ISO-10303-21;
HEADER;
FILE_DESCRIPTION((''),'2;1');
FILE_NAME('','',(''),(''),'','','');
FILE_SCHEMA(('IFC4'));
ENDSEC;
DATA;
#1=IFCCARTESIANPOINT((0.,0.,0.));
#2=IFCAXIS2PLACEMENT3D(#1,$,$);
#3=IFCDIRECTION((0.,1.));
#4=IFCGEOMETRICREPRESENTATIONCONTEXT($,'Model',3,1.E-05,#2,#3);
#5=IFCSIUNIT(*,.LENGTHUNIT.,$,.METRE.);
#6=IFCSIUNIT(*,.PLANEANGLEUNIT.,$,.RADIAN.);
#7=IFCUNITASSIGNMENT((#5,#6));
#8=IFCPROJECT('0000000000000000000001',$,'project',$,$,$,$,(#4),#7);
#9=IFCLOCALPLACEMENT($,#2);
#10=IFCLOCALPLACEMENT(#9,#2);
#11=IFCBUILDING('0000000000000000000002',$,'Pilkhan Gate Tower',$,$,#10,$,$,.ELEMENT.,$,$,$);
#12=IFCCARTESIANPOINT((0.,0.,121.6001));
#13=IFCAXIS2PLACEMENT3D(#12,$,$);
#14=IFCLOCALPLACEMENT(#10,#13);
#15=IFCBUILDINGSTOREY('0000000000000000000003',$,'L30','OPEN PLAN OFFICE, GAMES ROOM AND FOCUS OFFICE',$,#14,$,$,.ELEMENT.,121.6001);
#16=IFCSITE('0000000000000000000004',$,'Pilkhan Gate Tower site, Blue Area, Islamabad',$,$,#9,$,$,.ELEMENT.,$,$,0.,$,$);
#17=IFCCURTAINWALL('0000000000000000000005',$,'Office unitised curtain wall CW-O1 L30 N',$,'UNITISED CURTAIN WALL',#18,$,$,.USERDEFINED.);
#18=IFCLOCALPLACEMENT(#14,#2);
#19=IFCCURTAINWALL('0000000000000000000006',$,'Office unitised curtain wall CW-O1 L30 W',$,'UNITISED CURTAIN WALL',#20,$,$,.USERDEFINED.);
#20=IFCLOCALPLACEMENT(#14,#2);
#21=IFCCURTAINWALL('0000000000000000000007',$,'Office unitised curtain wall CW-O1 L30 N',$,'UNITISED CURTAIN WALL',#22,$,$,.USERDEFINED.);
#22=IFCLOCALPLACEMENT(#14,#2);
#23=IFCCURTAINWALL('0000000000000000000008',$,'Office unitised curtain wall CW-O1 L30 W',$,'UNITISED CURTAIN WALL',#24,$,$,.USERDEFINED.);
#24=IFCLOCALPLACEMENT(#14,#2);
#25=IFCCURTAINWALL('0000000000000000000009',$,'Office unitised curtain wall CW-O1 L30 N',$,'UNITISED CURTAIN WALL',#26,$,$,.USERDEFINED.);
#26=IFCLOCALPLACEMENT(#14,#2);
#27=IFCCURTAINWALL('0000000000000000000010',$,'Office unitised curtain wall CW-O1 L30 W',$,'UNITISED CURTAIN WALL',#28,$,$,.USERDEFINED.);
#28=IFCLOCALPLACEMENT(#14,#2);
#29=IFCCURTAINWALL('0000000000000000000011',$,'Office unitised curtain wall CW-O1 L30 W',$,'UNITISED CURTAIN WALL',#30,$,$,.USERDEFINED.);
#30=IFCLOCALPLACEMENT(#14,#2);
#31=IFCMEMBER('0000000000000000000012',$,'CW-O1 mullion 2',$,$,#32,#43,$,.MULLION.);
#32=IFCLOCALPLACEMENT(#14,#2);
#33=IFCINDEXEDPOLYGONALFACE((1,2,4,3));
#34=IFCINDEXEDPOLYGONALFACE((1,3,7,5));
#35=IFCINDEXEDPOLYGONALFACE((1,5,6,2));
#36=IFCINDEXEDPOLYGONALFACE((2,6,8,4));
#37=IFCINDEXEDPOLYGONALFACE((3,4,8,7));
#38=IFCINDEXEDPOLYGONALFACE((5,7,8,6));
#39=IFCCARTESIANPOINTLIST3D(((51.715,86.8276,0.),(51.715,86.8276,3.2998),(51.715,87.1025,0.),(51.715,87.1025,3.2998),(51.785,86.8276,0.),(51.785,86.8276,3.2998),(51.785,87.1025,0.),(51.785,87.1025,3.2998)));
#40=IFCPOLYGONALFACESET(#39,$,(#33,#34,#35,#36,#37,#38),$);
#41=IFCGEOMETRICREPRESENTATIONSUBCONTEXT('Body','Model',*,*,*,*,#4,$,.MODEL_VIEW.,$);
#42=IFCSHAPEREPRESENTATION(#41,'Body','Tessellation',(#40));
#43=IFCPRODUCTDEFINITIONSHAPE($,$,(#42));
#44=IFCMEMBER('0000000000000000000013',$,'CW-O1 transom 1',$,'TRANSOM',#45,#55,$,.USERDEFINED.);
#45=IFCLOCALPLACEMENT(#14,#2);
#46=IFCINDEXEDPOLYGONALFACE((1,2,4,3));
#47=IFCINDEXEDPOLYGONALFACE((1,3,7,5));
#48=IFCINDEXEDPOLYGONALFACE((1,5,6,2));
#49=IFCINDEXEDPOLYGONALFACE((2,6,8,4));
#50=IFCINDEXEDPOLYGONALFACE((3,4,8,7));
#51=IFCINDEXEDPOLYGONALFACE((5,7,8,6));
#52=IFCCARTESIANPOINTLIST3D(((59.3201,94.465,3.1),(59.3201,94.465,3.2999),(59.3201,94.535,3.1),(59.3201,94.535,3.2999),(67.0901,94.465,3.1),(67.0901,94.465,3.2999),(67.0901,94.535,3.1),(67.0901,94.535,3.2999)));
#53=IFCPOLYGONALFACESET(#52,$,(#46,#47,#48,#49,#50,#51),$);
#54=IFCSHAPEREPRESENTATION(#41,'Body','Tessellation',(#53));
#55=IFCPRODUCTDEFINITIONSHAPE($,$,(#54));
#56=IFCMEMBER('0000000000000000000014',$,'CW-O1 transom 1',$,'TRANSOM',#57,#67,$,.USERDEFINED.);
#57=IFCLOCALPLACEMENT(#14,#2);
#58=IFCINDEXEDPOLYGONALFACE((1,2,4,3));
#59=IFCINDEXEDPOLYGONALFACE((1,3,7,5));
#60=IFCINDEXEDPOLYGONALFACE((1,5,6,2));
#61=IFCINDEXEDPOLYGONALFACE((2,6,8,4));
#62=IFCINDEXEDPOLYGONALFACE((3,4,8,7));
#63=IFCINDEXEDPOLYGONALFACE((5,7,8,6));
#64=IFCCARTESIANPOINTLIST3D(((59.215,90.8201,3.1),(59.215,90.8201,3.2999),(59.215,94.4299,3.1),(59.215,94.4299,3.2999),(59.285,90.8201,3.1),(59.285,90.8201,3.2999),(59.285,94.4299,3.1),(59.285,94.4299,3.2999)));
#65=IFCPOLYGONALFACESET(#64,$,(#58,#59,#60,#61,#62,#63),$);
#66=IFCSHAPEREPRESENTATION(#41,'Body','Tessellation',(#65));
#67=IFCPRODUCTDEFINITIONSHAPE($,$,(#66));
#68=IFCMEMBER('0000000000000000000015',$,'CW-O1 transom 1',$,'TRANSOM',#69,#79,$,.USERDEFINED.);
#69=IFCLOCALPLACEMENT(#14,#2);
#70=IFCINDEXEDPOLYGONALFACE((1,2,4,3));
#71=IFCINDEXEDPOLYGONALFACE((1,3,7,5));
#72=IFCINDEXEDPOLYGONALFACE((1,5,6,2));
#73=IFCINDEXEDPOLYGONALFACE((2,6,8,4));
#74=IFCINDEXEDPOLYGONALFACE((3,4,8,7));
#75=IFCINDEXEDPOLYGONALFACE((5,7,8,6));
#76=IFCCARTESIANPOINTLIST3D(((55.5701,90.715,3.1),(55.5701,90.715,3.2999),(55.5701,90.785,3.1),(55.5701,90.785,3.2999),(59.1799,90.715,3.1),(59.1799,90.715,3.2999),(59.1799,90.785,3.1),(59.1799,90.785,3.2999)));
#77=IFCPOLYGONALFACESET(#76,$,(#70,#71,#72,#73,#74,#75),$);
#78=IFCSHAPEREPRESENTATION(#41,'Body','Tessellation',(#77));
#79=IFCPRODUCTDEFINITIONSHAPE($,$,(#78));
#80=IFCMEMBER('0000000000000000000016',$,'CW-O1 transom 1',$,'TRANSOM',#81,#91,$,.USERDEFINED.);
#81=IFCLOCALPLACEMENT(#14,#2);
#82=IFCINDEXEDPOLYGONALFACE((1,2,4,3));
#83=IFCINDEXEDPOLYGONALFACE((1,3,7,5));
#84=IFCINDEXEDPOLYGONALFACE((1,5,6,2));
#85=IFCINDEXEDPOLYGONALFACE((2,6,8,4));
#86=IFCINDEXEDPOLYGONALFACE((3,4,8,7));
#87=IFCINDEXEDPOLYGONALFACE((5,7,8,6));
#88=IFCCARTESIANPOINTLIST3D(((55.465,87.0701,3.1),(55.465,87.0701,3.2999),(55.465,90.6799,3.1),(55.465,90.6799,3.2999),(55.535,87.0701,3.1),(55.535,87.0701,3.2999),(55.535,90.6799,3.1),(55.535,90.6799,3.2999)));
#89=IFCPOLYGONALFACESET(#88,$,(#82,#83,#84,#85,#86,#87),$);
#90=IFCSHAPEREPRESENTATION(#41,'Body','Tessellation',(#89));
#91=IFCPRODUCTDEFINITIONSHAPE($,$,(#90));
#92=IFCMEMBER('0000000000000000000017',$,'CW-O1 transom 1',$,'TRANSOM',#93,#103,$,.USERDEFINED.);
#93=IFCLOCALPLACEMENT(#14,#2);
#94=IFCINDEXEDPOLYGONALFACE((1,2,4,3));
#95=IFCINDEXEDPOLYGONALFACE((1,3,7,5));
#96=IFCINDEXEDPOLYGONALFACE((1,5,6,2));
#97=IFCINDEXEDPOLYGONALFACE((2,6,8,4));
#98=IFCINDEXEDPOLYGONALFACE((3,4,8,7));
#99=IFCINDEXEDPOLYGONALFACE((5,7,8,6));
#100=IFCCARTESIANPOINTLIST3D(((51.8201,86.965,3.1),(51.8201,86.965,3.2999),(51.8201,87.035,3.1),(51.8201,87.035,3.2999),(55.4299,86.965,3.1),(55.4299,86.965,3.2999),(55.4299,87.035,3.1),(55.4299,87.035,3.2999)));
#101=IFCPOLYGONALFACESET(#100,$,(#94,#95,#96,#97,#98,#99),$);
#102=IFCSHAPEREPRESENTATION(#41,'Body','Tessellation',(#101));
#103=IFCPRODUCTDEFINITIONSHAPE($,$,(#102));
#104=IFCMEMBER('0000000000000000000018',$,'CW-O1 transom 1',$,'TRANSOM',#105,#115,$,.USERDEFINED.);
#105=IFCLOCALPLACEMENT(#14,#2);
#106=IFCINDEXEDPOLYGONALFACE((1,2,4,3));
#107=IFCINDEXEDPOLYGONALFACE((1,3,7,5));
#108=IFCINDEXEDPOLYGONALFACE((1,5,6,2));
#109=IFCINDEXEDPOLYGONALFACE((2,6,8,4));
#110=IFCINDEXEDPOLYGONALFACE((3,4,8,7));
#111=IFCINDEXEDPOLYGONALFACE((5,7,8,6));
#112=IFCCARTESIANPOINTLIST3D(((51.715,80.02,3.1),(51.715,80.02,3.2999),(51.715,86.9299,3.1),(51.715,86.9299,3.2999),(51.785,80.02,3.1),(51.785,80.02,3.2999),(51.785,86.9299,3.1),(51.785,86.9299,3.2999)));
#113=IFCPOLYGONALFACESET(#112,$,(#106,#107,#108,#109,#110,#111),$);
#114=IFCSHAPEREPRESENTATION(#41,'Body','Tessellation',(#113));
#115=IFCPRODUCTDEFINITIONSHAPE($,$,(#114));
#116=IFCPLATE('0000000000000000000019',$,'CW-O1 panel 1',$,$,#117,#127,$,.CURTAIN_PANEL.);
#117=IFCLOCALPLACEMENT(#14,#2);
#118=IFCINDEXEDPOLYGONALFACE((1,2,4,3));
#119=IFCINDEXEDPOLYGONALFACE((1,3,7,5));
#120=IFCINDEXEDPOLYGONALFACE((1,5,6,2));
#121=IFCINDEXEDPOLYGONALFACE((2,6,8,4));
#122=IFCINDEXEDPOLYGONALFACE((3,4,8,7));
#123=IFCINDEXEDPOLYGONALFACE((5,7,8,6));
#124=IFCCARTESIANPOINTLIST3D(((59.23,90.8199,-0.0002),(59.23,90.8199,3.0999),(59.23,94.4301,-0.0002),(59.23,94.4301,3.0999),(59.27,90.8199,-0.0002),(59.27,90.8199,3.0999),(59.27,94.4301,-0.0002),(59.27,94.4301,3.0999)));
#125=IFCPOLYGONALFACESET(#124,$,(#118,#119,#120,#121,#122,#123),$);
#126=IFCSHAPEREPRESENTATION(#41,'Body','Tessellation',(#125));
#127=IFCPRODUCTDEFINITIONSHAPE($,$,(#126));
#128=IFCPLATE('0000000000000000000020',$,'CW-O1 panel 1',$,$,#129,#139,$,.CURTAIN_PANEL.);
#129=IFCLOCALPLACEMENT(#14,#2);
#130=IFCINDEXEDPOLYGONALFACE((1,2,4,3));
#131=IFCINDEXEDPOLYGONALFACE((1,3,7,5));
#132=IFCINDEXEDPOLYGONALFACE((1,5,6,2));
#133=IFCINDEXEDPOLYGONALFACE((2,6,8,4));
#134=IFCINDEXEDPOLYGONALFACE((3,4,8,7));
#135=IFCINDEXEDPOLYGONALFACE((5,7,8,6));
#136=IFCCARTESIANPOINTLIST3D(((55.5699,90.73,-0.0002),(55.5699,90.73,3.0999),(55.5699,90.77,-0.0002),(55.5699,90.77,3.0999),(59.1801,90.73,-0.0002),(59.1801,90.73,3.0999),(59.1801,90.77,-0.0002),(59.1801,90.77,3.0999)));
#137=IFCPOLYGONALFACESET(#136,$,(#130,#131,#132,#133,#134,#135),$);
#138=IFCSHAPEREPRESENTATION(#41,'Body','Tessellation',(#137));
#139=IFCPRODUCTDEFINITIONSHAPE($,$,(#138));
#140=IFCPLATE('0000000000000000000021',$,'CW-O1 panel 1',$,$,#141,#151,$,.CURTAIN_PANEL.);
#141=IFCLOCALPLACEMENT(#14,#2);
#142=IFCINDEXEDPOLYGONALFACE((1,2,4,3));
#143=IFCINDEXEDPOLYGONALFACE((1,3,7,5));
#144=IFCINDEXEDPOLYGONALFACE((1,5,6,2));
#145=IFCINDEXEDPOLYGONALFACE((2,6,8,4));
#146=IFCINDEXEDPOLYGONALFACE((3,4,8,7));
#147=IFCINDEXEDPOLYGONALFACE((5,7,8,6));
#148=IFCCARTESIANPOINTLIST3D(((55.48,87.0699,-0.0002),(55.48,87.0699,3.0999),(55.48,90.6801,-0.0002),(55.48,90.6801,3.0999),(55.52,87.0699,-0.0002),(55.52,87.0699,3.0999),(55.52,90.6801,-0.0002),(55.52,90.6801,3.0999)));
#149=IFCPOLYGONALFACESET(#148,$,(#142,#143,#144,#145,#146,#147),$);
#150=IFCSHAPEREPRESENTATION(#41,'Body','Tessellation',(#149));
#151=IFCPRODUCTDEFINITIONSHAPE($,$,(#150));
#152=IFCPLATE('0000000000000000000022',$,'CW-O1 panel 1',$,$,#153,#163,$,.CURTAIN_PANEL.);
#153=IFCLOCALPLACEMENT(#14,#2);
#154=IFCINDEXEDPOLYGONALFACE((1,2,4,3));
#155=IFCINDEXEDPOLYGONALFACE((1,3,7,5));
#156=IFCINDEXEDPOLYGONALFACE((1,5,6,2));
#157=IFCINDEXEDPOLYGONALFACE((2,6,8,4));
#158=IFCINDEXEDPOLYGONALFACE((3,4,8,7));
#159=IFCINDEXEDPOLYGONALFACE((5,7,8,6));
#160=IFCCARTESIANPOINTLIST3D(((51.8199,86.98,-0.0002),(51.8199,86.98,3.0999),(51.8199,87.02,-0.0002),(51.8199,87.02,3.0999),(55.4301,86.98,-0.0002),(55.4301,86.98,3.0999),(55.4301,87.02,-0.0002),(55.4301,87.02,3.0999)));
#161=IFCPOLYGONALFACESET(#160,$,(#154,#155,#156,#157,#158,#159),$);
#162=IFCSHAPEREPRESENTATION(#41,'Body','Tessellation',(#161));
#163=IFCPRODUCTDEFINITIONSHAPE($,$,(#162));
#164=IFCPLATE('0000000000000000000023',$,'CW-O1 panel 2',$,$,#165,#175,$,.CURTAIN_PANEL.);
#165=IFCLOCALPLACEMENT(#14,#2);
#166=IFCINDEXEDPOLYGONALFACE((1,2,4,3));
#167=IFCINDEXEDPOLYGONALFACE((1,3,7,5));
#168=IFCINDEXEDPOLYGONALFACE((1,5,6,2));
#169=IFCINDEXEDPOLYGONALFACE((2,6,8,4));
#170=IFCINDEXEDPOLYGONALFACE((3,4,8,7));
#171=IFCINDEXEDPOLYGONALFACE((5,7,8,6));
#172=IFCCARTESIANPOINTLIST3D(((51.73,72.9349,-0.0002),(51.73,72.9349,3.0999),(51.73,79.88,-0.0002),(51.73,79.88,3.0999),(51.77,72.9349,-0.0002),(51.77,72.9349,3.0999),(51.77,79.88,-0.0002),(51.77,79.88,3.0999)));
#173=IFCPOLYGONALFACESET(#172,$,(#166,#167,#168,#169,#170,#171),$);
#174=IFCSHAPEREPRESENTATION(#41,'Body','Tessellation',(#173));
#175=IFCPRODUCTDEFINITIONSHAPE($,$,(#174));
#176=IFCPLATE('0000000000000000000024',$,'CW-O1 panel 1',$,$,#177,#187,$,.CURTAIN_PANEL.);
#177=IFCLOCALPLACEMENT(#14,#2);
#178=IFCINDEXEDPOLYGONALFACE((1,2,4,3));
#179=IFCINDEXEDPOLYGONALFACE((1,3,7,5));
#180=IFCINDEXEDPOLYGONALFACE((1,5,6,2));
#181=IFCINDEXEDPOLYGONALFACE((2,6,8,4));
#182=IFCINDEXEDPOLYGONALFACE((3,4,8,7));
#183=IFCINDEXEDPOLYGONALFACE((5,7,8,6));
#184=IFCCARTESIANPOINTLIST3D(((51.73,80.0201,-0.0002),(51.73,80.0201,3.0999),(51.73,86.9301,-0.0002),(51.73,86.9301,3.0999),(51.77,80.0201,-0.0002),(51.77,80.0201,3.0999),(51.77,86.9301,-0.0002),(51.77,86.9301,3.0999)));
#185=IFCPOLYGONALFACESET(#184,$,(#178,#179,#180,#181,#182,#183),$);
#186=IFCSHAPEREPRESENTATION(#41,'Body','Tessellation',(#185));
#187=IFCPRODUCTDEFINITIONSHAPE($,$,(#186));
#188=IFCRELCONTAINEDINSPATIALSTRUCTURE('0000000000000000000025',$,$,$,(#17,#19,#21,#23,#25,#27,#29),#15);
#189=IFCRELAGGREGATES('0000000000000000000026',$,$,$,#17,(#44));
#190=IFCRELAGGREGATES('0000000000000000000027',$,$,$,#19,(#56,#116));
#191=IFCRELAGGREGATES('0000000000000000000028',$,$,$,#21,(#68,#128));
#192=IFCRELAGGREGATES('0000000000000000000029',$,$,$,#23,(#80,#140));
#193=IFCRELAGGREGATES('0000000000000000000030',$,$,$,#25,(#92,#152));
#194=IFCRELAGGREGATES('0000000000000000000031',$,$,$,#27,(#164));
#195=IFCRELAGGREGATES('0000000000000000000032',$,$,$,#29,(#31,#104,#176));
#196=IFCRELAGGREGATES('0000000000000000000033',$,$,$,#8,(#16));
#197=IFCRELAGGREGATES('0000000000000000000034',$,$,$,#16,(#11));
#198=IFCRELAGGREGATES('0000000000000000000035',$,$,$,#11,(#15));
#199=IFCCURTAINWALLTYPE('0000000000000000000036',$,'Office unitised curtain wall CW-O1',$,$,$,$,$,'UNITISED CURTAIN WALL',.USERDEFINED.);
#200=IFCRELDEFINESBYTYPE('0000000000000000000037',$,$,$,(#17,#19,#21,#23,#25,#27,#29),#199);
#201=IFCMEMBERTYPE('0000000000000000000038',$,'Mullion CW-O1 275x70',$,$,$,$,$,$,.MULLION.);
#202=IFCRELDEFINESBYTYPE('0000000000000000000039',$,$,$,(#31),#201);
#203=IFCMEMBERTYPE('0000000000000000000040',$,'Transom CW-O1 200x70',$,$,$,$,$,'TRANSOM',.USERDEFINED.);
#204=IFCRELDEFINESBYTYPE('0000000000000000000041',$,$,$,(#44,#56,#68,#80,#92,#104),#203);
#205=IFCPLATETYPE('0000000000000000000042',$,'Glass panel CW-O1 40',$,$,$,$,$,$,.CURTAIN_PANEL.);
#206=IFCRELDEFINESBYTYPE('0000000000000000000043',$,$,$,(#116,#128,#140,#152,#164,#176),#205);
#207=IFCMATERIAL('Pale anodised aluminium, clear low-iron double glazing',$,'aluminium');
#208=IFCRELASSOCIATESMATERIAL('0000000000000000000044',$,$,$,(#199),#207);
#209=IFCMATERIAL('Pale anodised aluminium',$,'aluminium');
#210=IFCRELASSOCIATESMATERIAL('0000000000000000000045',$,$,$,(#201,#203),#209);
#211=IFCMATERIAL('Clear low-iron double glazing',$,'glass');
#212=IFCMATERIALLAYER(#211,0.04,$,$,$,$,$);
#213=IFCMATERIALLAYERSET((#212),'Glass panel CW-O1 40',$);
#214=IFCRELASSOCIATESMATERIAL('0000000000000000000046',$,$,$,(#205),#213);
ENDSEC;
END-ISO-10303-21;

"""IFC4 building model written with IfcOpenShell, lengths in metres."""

from ifc_helpers import new_model, si_unit, direction, frame, origin, origin_2d, place, context, subcontext, project, spatial, rectangle, extrude, material, layer, layer_set, material_profile, profile_set, type_object, element, aggregate, save


model = new_model("IFC4")

# Units and contexts
model_context = context("Model", 3, precision=1e-05, world=origin(), true_north=direction((0.0, 1.0)))
body_context = subcontext(model_context, "Body", "Model", "MODEL_VIEW")
ifc_project = project(units=[si_unit("LENGTHUNIT", "METRE"), si_unit("PLANEANGLEUNIT", "RADIAN")], contexts=[model_context])

# Site, building, storey
site_placement = place(None, origin())
site = spatial("IfcSite", under=ifc_project, at=site_placement, Name="Pilkhan Gate Tower site, Blue Area, Islamabad", CompositionType="ELEMENT", RefElevation=0.0)
building_placement = place(site_placement, origin())
building = spatial("IfcBuilding", under=site, at=building_placement, Name="Pilkhan Gate Tower", CompositionType="ELEMENT")
storey_placement = place(building_placement, frame((0.0, 0.0, 121.6001)))
storey = spatial("IfcBuildingStorey", under=building, at=storey_placement, Name="L30", Description="OPEN PLAN OFFICE, GAMES ROOM AND FOCUS OFFICE", CompositionType="ELEMENT", Elevation=121.6001)

# Curtain wall
ifc_material_1 = material(Name="Pale anodised aluminium, clear low-iron double glazing", Category="aluminium")
curtain_wall_type = type_object("IfcCurtainWallType", Name="Office unitised curtain wall CW-O1", ElementType="UNITISED CURTAIN WALL", PredefinedType="USERDEFINED", material=ifc_material_1)
curtain_wall_1_placement = place(storey_placement, origin())
curtain_wall_1 = element("IfcCurtainWall", 1, at=curtain_wall_1_placement, inside=storey, type_object=curtain_wall_type, Name="Office unitised curtain wall CW-O1 L30 N", ObjectType="UNITISED CURTAIN WALL", PredefinedType="USERDEFINED")
ifc_material_2 = material(Name="Pale anodised aluminium", Category="aluminium")
ifc_material_profile_1 = material_profile(ifc_material_2, rectangle(XDim=0.0701, YDim=0.2749, at=origin_2d()), Name="Mullion 275x70")
ifc_profile_set_1 = profile_set([ifc_material_profile_1], Name="Pale anodised aluminium")
member_type_1 = type_object("IfcMemberType", Name="Mullion CW-O1 275x70", PredefinedType="MULLION", material=ifc_profile_set_1)

# Curtain walls
curtain_wall_2_placement = place(storey_placement, origin())
curtain_wall_2 = element("IfcCurtainWall", 2, at=curtain_wall_2_placement, inside=storey, type_object=curtain_wall_type, Name="Office unitised curtain wall CW-O1 L30 W", ObjectType="UNITISED CURTAIN WALL", PredefinedType="USERDEFINED")
curtain_wall_3_placement = place(storey_placement, origin())
curtain_wall_3 = element("IfcCurtainWall", 3, at=curtain_wall_3_placement, inside=storey, type_object=curtain_wall_type, Name="Office unitised curtain wall CW-O1 L30 N", ObjectType="UNITISED CURTAIN WALL", PredefinedType="USERDEFINED")
curtain_wall_4_placement = place(storey_placement, origin())
curtain_wall_4 = element("IfcCurtainWall", 4, at=curtain_wall_4_placement, inside=storey, type_object=curtain_wall_type, Name="Office unitised curtain wall CW-O1 L30 W", ObjectType="UNITISED CURTAIN WALL", PredefinedType="USERDEFINED")
curtain_wall_5_placement = place(storey_placement, origin())
curtain_wall_5 = element("IfcCurtainWall", 5, at=curtain_wall_5_placement, inside=storey, type_object=curtain_wall_type, Name="Office unitised curtain wall CW-O1 L30 N", ObjectType="UNITISED CURTAIN WALL", PredefinedType="USERDEFINED")

# Curtain wall
curtain_wall_6_placement = place(storey_placement, origin())
curtain_wall_6 = element("IfcCurtainWall", 6, at=curtain_wall_6_placement, inside=storey, type_object=curtain_wall_type, Name="Office unitised curtain wall CW-O1 L30 W", ObjectType="UNITISED CURTAIN WALL", PredefinedType="USERDEFINED")

# Curtain wall, member
curtain_wall_7_placement = place(storey_placement, origin())
curtain_wall_7 = element("IfcCurtainWall", 7, at=curtain_wall_7_placement, inside=storey, type_object=curtain_wall_type, Name="Office unitised curtain wall CW-O1 L30 W", ObjectType="UNITISED CURTAIN WALL", PredefinedType="USERDEFINED")
member_1_placement = place(storey_placement, frame((51.75, 86.9651, 0.0), z_axis=(0.0, 0.0, 1.0), x_axis=(-1.0, 0.0, 0.0)))
member_1 = element("IfcMember", 8, at=member_1_placement, type_object=member_type_1, Name="CW-O1 mullion 2", PredefinedType="MULLION", context=body_context, shape_type="SweptSolid", body=[
    extrude(rectangle(XDim=0.0701, YDim=0.2749, at=origin_2d()), origin(), (0.0, 0.0, 1.0), 3.2998),
])

# Members
ifc_material_profile_2 = material_profile(ifc_material_2, rectangle(XDim=0.0701, YDim=0.2, at=origin_2d()), Name="Transom 200x70")
ifc_profile_set_2 = profile_set([ifc_material_profile_2], Name="Pale anodised aluminium")
member_type_2 = type_object("IfcMemberType", Name="Transom CW-O1 200x70", ElementType="TRANSOM", PredefinedType="USERDEFINED", material=ifc_profile_set_2)
member_2_placement = place(storey_placement, frame((59.3201, 94.5, 3.2), z_axis=(1.0, 0.0, 0.0), x_axis=(0.0, 1.0, 0.0)))
member_2 = element("IfcMember", 9, at=member_2_placement, type_object=member_type_2, Name="CW-O1 transom 1", ObjectType="TRANSOM", PredefinedType="USERDEFINED", context=body_context, shape_type="SweptSolid", body=[
    extrude(rectangle(XDim=0.0701, YDim=0.2, at=origin_2d()), origin(), (0.0, 0.0, 1.0), 7.77),
])
aggregate(curtain_wall_1, [member_2])
member_3_placement = place(storey_placement, frame((59.25, 90.8201, 3.2), z_axis=(0.0, 1.0, 0.0), x_axis=(-1.0, 0.0, 0.0)))
member_3 = element("IfcMember", 10, at=member_3_placement, type_object=member_type_2, Name="CW-O1 transom 1", ObjectType="TRANSOM", PredefinedType="USERDEFINED", context=body_context, shape_type="SweptSolid", body=[
    extrude(rectangle(XDim=0.0701, YDim=0.2, at=origin_2d()), origin(), (0.0, 0.0, 1.0), 3.6099),
])
member_4_placement = place(storey_placement, frame((55.5701, 90.75, 3.2), z_axis=(1.0, 0.0, 0.0), x_axis=(0.0, 1.0, 0.0)))
member_4 = element("IfcMember", 11, at=member_4_placement, type_object=member_type_2, Name="CW-O1 transom 1", ObjectType="TRANSOM", PredefinedType="USERDEFINED", context=body_context, shape_type="SweptSolid", body=[
    extrude(rectangle(XDim=0.0701, YDim=0.2, at=origin_2d()), origin(), (0.0, 0.0, 1.0), 3.6099),
])
member_5_placement = place(storey_placement, frame((55.5, 87.0701, 3.2), z_axis=(0.0, 1.0, 0.0), x_axis=(-1.0, 0.0, 0.0)))
member_5 = element("IfcMember", 12, at=member_5_placement, type_object=member_type_2, Name="CW-O1 transom 1", ObjectType="TRANSOM", PredefinedType="USERDEFINED", context=body_context, shape_type="SweptSolid", body=[
    extrude(rectangle(XDim=0.0701, YDim=0.2, at=origin_2d()), origin(), (0.0, 0.0, 1.0), 3.6099),
])
member_6_placement = place(storey_placement, frame((51.8201, 87.0, 3.2), z_axis=(1.0, 0.0, 0.0), x_axis=(0.0, 1.0, 0.0)))
member_6 = element("IfcMember", 13, at=member_6_placement, type_object=member_type_2, Name="CW-O1 transom 1", ObjectType="TRANSOM", PredefinedType="USERDEFINED", context=body_context, shape_type="SweptSolid", body=[
    extrude(rectangle(XDim=0.0701, YDim=0.2, at=origin_2d()), origin(), (0.0, 0.0, 1.0), 3.6099),
])
member_7_placement = place(storey_placement, frame((51.75, 80.02, 3.2), z_axis=(0.0, 1.0, 0.0), x_axis=(-1.0, 0.0, 0.0)))
member_7 = element("IfcMember", 14, at=member_7_placement, type_object=member_type_2, Name="CW-O1 transom 1", ObjectType="TRANSOM", PredefinedType="USERDEFINED", context=body_context, shape_type="SweptSolid", body=[
    extrude(rectangle(XDim=0.0701, YDim=0.2, at=origin_2d()), origin(), (0.0, 0.0, 1.0), 6.9099),
])

# Plates
ifc_material_3 = material(Name="Clear low-iron double glazing", Category="glass")
ifc_layer_1 = layer(ifc_material_3, 0.04)
ifc_layer_set_1 = layer_set([ifc_layer_1], Name="Glass panel CW-O1 40")
plate_type = type_object("IfcPlateType", Name="Glass panel CW-O1 40", PredefinedType="CURTAIN_PANEL", material=ifc_layer_set_1)
plate_1_placement = place(storey_placement, frame((59.25, 92.625, -0.0002), z_axis=(0.0, 0.0, 1.0), x_axis=(0.0, 1.0, 0.0)))
plate_1 = element("IfcPlate", 15, at=plate_1_placement, type_object=plate_type, Name="CW-O1 panel 1", PredefinedType="CURTAIN_PANEL", context=body_context, shape_type="SweptSolid", body=[
    extrude(rectangle(XDim=3.6101, YDim=0.04, at=origin_2d()), origin(), (0.0, 0.0, 1.0), 3.1001),
])
aggregate(curtain_wall_2, [member_3, plate_1])
plate_2_placement = place(storey_placement, frame((57.375, 90.75, -0.0002), z_axis=(0.0, 0.0, 1.0), x_axis=(1.0, 0.0, 0.0)))
plate_2 = element("IfcPlate", 16, at=plate_2_placement, type_object=plate_type, Name="CW-O1 panel 1", PredefinedType="CURTAIN_PANEL", context=body_context, shape_type="SweptSolid", body=[
    extrude(rectangle(XDim=3.6101, YDim=0.04, at=origin_2d()), origin(), (0.0, 0.0, 1.0), 3.1001),
])
aggregate(curtain_wall_3, [member_4, plate_2])
plate_3_placement = place(storey_placement, frame((55.5, 88.875, -0.0002), z_axis=(0.0, 0.0, 1.0), x_axis=(0.0, 1.0, 0.0)))
plate_3 = element("IfcPlate", 17, at=plate_3_placement, type_object=plate_type, Name="CW-O1 panel 1", PredefinedType="CURTAIN_PANEL", context=body_context, shape_type="SweptSolid", body=[
    extrude(rectangle(XDim=3.6101, YDim=0.04, at=origin_2d()), origin(), (0.0, 0.0, 1.0), 3.1001),
])
aggregate(curtain_wall_4, [member_5, plate_3])
plate_4_placement = place(storey_placement, frame((53.625, 87.0, -0.0002), z_axis=(0.0, 0.0, 1.0), x_axis=(1.0, 0.0, 0.0)))
plate_4 = element("IfcPlate", 18, at=plate_4_placement, type_object=plate_type, Name="CW-O1 panel 1", PredefinedType="CURTAIN_PANEL", context=body_context, shape_type="SweptSolid", body=[
    extrude(rectangle(XDim=3.6101, YDim=0.04, at=origin_2d()), origin(), (0.0, 0.0, 1.0), 3.1001),
])
aggregate(curtain_wall_5, [member_6, plate_4])
plate_5_placement = place(storey_placement, frame((51.75, 76.4075, -0.0002), z_axis=(0.0, 0.0, 1.0), x_axis=(0.0, 1.0, 0.0)))
plate_5 = element("IfcPlate", 19, at=plate_5_placement, type_object=plate_type, Name="CW-O1 panel 2", PredefinedType="CURTAIN_PANEL", context=body_context, shape_type="SweptSolid", body=[
    extrude(rectangle(XDim=6.9451, YDim=0.04, at=origin_2d()), origin(), (0.0, 0.0, 1.0), 3.1001),
])
aggregate(curtain_wall_6, [plate_5])
plate_6_placement = place(storey_placement, frame((51.75, 83.4751, -0.0002), z_axis=(0.0, 0.0, 1.0), x_axis=(0.0, 1.0, 0.0)))
plate_6 = element("IfcPlate", 20, at=plate_6_placement, type_object=plate_type, Name="CW-O1 panel 1", PredefinedType="CURTAIN_PANEL", context=body_context, shape_type="SweptSolid", body=[
    extrude(rectangle(XDim=6.9099, YDim=0.04, at=origin_2d()), origin(), (0.0, 0.0, 1.0), 3.1001),
])
aggregate(curtain_wall_7, [member_1, member_7, plate_6])

save(model, "model.ifc")
